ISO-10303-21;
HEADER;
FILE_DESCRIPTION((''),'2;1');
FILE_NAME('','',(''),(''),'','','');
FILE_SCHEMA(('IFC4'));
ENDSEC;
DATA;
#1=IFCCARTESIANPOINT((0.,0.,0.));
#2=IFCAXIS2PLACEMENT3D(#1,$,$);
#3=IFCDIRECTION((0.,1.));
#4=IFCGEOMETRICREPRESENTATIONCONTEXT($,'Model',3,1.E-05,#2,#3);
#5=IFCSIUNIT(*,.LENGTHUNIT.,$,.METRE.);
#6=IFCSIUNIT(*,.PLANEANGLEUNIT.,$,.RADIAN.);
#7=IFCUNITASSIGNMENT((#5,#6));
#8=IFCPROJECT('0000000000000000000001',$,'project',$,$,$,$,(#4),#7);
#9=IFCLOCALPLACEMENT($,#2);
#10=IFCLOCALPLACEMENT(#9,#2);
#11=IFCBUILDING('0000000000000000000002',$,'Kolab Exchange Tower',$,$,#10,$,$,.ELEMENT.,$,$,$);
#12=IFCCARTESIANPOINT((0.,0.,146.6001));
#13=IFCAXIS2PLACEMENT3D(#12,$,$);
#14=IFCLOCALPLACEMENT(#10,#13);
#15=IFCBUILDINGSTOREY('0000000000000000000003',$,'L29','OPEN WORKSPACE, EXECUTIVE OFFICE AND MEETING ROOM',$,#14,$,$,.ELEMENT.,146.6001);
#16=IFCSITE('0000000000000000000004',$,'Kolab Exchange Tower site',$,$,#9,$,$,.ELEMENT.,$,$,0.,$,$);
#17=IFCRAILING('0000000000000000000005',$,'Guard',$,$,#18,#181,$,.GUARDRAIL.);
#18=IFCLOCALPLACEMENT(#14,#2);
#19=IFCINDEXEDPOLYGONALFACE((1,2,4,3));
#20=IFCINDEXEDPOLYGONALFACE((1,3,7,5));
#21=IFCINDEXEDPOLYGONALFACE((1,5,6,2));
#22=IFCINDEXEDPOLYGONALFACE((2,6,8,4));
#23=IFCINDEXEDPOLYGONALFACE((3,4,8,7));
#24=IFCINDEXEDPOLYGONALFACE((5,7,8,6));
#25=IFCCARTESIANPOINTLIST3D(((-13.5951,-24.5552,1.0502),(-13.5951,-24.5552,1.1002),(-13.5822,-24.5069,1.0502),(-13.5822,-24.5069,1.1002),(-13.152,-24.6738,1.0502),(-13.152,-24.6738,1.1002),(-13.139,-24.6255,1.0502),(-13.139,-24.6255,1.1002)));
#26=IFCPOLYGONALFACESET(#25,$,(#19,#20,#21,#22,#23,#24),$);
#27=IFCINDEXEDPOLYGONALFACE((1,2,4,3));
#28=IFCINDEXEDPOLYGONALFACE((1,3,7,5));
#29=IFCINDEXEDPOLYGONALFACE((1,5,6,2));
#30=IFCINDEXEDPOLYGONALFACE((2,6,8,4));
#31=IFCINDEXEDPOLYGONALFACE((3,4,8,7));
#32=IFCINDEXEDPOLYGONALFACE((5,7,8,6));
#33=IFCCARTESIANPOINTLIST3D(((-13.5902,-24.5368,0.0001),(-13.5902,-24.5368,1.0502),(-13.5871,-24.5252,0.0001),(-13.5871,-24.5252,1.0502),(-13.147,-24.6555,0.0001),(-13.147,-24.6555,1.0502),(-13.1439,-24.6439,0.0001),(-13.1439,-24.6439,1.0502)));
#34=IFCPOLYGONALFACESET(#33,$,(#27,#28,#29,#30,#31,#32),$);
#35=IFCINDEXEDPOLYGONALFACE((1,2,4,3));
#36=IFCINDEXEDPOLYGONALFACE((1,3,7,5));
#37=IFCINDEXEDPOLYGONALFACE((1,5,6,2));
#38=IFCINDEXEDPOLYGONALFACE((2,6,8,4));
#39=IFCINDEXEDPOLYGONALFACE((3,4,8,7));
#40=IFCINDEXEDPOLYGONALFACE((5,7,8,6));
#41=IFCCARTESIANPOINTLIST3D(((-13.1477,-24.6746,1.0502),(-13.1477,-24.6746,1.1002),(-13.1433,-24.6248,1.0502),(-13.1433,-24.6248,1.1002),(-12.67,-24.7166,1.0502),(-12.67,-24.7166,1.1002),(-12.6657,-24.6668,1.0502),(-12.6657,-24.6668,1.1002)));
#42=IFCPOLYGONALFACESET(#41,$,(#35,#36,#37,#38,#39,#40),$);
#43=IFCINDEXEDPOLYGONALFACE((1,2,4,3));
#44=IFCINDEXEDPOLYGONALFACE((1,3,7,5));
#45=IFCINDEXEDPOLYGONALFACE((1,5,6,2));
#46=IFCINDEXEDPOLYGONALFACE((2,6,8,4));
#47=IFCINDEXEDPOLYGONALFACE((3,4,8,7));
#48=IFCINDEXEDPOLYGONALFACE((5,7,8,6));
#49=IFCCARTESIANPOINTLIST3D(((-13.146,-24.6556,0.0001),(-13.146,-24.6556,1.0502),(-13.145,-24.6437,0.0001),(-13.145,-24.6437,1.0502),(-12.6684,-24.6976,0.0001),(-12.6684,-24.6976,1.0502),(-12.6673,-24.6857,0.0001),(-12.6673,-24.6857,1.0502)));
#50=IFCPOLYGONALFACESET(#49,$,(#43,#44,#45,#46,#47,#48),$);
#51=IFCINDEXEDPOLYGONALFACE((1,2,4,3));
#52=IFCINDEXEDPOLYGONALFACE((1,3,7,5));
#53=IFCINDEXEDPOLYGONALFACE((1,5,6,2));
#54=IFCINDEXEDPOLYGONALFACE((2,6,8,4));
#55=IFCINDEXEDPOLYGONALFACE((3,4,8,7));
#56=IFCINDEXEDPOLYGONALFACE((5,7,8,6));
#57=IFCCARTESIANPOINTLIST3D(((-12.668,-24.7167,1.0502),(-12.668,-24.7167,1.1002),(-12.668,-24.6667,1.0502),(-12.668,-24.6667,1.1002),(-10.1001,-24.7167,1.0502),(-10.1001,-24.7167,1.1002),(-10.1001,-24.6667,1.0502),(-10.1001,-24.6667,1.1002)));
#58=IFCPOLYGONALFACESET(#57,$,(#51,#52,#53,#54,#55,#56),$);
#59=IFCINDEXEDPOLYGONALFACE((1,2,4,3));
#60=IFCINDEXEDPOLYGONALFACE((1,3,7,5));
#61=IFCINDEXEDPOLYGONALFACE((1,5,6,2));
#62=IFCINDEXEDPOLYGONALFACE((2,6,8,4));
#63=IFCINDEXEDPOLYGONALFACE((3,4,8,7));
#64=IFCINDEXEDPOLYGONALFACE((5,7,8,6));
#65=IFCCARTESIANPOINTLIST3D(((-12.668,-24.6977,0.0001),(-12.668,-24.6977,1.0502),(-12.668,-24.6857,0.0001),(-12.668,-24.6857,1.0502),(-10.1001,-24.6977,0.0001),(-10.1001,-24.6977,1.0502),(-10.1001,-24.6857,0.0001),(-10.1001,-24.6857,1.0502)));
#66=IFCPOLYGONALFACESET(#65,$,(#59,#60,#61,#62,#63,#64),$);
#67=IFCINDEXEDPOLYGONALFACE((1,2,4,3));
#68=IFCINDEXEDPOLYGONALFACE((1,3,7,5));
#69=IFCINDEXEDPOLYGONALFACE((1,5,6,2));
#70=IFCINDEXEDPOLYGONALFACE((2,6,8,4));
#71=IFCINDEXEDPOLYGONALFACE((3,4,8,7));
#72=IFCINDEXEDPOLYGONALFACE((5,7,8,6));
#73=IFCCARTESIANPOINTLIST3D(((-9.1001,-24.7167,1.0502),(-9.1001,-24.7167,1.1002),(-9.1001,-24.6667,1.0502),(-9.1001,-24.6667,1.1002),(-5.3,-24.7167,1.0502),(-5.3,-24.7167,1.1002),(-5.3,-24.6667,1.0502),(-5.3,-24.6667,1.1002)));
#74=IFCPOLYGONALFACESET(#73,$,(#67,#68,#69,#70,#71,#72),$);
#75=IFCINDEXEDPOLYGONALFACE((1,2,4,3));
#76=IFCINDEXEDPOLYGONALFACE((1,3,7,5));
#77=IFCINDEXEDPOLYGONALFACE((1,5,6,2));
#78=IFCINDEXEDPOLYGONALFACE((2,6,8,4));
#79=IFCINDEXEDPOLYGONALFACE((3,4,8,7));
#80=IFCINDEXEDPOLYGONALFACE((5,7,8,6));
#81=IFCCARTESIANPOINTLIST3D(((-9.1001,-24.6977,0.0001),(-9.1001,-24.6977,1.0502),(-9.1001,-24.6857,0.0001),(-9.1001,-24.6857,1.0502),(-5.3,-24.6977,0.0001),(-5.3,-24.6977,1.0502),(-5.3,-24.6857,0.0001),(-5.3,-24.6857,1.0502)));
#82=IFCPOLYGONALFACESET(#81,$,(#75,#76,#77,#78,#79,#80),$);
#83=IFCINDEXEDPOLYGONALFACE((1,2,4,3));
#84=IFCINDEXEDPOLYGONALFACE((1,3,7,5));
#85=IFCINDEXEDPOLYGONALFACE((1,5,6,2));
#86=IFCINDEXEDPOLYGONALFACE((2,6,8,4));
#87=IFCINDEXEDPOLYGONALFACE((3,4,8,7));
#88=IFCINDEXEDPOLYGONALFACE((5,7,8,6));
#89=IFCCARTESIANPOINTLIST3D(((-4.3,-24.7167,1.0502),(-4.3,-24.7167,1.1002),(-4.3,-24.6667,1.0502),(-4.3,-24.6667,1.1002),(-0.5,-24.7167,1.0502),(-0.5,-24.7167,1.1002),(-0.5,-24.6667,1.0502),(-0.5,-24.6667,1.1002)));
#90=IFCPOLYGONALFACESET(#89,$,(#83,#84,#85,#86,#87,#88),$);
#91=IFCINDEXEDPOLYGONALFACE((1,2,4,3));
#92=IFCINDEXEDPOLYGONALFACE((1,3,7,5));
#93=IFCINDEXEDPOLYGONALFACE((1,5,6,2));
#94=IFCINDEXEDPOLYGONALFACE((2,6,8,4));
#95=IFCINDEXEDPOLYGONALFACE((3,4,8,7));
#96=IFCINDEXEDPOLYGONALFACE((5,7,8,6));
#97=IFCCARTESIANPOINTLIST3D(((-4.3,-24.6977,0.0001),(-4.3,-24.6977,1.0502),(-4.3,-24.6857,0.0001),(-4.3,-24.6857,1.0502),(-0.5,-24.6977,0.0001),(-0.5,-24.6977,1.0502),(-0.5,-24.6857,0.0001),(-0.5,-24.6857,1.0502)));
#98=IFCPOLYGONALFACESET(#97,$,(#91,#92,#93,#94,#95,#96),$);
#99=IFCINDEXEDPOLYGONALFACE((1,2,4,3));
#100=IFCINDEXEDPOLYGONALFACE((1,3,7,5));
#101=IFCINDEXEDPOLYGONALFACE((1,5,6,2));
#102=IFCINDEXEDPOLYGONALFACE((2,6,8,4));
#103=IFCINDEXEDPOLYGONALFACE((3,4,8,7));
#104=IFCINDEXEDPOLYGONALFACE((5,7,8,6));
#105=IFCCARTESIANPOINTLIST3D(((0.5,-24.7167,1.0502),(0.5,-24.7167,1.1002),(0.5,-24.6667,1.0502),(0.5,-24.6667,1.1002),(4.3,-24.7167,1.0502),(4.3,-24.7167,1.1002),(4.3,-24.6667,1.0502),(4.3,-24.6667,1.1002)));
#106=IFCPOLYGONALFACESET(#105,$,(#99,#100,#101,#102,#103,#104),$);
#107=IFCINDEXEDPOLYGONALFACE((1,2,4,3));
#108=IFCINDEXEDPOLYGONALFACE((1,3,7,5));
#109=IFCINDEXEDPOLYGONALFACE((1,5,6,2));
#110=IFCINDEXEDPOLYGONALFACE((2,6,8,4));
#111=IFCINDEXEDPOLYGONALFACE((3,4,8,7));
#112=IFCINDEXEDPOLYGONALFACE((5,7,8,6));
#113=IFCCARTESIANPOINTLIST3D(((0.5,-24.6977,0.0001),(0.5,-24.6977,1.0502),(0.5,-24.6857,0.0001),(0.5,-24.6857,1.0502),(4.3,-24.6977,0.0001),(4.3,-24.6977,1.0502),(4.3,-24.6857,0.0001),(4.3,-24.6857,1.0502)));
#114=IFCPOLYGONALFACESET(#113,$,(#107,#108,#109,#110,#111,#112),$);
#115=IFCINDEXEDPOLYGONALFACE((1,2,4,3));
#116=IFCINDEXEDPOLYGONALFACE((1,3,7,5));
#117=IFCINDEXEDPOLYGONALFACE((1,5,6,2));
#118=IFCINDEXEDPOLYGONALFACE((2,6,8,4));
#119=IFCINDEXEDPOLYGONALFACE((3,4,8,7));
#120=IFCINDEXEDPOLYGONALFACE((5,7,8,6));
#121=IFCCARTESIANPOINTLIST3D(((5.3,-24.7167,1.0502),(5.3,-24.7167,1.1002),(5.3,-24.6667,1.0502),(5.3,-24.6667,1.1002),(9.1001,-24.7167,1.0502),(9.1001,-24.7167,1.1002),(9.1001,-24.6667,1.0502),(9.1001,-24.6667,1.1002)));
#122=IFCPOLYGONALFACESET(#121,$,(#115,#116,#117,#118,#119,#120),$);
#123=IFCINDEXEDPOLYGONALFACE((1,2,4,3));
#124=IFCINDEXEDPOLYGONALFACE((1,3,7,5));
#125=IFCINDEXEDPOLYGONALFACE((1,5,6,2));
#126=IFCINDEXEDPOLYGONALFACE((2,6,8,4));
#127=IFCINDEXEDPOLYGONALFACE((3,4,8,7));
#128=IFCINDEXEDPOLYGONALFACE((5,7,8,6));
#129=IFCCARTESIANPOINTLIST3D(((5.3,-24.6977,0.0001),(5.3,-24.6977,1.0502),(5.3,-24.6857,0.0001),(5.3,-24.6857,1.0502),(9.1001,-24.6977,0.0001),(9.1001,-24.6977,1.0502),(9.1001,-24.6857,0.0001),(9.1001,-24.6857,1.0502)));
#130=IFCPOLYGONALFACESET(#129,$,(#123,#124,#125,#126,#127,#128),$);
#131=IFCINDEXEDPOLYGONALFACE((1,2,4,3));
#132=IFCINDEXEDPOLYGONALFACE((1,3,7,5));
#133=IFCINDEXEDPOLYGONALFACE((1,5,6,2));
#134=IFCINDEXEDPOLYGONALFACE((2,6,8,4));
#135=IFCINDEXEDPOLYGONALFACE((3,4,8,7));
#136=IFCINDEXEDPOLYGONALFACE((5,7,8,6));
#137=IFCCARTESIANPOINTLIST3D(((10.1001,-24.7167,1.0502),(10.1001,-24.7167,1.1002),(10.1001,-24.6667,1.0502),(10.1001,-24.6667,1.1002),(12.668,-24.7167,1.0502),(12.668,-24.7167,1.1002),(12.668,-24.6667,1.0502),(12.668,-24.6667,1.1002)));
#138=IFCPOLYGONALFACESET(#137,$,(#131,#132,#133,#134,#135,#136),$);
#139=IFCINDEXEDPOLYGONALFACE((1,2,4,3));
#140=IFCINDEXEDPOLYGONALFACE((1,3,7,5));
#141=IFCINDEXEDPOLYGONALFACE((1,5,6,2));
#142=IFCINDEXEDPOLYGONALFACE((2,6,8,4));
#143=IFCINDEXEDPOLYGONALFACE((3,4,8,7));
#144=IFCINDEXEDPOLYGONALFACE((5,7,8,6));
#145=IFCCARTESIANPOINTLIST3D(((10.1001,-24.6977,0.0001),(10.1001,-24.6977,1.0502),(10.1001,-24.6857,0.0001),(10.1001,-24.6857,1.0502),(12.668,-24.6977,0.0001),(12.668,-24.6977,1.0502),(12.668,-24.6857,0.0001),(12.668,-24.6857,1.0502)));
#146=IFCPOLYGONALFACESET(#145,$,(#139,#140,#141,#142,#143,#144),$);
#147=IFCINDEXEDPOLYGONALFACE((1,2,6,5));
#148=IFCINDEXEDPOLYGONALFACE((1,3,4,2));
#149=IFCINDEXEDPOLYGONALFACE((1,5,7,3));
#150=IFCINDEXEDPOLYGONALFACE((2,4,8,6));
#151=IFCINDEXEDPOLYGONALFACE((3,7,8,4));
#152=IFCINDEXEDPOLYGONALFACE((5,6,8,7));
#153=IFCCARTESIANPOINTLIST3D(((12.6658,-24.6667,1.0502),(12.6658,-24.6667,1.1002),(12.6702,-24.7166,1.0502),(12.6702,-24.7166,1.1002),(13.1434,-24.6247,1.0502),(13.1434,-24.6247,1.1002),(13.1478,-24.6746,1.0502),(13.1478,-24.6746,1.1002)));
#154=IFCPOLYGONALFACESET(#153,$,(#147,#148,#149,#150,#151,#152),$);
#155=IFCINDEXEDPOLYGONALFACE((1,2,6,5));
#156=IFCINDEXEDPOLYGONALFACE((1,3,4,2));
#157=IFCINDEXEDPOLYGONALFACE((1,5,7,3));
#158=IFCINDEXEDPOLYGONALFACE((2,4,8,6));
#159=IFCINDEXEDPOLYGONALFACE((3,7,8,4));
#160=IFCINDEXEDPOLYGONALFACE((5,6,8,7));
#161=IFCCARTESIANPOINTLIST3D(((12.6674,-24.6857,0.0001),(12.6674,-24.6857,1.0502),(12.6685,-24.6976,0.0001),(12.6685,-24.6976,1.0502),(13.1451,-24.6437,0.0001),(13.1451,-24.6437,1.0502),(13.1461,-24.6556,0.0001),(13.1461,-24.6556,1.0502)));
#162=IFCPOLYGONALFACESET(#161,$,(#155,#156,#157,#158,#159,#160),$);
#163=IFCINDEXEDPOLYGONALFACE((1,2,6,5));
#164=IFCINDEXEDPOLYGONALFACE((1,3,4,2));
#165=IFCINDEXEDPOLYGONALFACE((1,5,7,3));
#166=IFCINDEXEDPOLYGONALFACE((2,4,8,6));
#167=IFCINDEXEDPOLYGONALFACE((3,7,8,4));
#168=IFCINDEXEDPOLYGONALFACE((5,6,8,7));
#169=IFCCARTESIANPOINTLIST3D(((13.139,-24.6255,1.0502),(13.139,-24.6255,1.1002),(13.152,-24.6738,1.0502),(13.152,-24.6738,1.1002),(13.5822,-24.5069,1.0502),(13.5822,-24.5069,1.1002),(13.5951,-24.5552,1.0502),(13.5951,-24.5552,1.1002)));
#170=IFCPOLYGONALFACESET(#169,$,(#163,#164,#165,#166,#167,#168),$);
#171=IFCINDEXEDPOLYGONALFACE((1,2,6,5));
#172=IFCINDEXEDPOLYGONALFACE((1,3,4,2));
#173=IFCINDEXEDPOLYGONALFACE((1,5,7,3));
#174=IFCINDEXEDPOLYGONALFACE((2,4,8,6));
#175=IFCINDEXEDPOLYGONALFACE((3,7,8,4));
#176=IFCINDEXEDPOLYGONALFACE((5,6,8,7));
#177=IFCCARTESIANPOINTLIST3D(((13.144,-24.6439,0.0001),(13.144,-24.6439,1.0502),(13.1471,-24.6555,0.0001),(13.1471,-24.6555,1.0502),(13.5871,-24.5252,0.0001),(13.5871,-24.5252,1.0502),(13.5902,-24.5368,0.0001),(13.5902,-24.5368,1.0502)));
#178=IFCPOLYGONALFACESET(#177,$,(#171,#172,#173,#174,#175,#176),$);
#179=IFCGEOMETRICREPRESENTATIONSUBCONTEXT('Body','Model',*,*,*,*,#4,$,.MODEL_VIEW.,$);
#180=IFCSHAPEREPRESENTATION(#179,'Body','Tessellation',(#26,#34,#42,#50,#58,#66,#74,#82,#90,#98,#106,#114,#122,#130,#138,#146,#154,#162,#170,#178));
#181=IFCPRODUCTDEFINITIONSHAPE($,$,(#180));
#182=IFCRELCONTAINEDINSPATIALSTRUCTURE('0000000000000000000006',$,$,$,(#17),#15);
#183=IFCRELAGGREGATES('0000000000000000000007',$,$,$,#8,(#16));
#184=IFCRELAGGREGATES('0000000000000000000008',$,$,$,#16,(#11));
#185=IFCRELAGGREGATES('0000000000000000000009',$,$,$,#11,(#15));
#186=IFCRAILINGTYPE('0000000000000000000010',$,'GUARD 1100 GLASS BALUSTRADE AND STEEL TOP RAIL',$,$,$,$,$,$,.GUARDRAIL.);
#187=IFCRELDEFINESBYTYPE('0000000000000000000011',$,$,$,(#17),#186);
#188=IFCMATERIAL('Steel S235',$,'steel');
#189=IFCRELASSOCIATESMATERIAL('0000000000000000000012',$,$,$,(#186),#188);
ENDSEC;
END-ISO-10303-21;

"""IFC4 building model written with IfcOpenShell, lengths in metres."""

from ifc_helpers import new_model, si_unit, direction, frame, frame_2d, origin, origin_2d, place, context, subcontext, project, spatial, rectangle, extrude, material, type_object, element, save


model = new_model("IFC4")

# Units and contexts
model_context = context("Model", 3, precision=1e-05, world=origin(), true_north=direction((0.0, 1.0)))
body_context = subcontext(model_context, "Body", "Model", "MODEL_VIEW")
ifc_project = project(units=[si_unit("LENGTHUNIT", "METRE"), si_unit("PLANEANGLEUNIT", "RADIAN")], contexts=[model_context])

# Site, building, storey
site_placement = place(None, origin())
site = spatial("IfcSite", under=ifc_project, at=site_placement, Name="Kolab Exchange Tower site", CompositionType="ELEMENT", RefElevation=0.0)
building_placement = place(site_placement, origin())
building = spatial("IfcBuilding", under=site, at=building_placement, Name="Kolab Exchange Tower", CompositionType="ELEMENT")
storey_placement = place(building_placement, frame((0.0, 0.0, 146.6001)))
storey = spatial("IfcBuildingStorey", under=building, at=storey_placement, Name="L29", Description="OPEN WORKSPACE, EXECUTIVE OFFICE AND MEETING ROOM", CompositionType="ELEMENT", Elevation=146.6001)

# Railing
ifc_material_1 = material(Name="Steel S235", Category="steel")
railing_type = type_object("IfcRailingType", Name="GUARD 1100 GLASS BALUSTRADE AND STEEL TOP RAIL", PredefinedType="GUARDRAIL", material=ifc_material_1)
railing_placement = place(storey_placement, frame((-13.5886, -24.531, 0.0)))
element("IfcRailing", 1, at=railing_placement, inside=storey, type_object=railing_type, Name="Guard", PredefinedType="GUARDRAIL", context=body_context, shape_type="SweptSolid", body=[
    extrude(rectangle(XDim=0.05, YDim=0.05, at=origin_2d()), frame((0.0, 0.0, 1.0752), z_axis=(0.965969, -0.258656, 0.0), x_axis=(0.258656, 0.965969, 0.0)), (0.0, 0.0, 1.0), 0.4587),
    extrude(rectangle(XDim=0.012, YDim=1.0501, at=frame_2d((0.0, 0.5251))), frame((0.0, 0.0, 0.0), z_axis=(0.965969, -0.258656, 0.0), x_axis=(0.258656, 0.965969, 0.0)), (0.0, 0.0, 1.0), 0.4587),
    extrude(rectangle(XDim=0.05, YDim=0.05, at=origin_2d()), frame((0.4431, -0.1187, 1.0752), z_axis=(0.996156, -0.087597, 0.0), x_axis=(0.087597, 0.996156, 0.0)), (0.0, 0.0, 1.0), 0.4795),
    extrude(rectangle(XDim=0.012, YDim=1.0501, at=frame_2d((0.0, 0.5251))), frame((0.4431, -0.1187, 0.0), z_axis=(0.996156, -0.087597, 0.0), x_axis=(0.087597, 0.996156, 0.0)), (0.0, 0.0, 1.0), 0.4795),
    extrude(rectangle(XDim=0.05, YDim=0.05, at=origin_2d()), frame((0.9207, -0.1606, 1.0752), z_axis=(1.0, 0.0, 0.0), x_axis=(0.0, 1.0, 0.0)), (0.0, 0.0, 1.0), 2.5679),
    extrude(rectangle(XDim=0.012, YDim=1.0501, at=frame_2d((0.0, 0.5251))), frame((0.9207, -0.1606, 0.0), z_axis=(1.0, 0.0, 0.0), x_axis=(0.0, 1.0, 0.0)), (0.0, 0.0, 1.0), 2.5679),
    extrude(rectangle(XDim=0.05, YDim=0.05, at=origin_2d()), frame((4.4885, -0.1606, 1.0752), z_axis=(1.0, 0.0, 0.0), x_axis=(0.0, 1.0, 0.0)), (0.0, 0.0, 1.0), 3.8),
    extrude(rectangle(XDim=0.012, YDim=1.0501, at=frame_2d((0.0, 0.5251))), frame((4.4885, -0.1606, 0.0), z_axis=(1.0, 0.0, 0.0), x_axis=(0.0, 1.0, 0.0)), (0.0, 0.0, 1.0), 3.8),
    extrude(rectangle(XDim=0.05, YDim=0.05, at=origin_2d()), frame((9.2886, -0.1606, 1.0752), z_axis=(1.0, 0.0, 0.0), x_axis=(0.0, 1.0, 0.0)), (0.0, 0.0, 1.0), 3.8),
    extrude(rectangle(XDim=0.012, YDim=1.0501, at=frame_2d((0.0, 0.5251))), frame((9.2886, -0.1606, 0.0), z_axis=(1.0, 0.0, 0.0), x_axis=(0.0, 1.0, 0.0)), (0.0, 0.0, 1.0), 3.8),
    extrude(rectangle(XDim=0.05, YDim=0.05, at=origin_2d()), frame((14.0886, -0.1606, 1.0752), z_axis=(1.0, 0.0, 0.0), x_axis=(0.0, 1.0, 0.0)), (0.0, 0.0, 1.0), 3.8),
    extrude(rectangle(XDim=0.012, YDim=1.0501, at=frame_2d((0.0, 0.5251))), frame((14.0886, -0.1606, 0.0), z_axis=(1.0, 0.0, 0.0), x_axis=(0.0, 1.0, 0.0)), (0.0, 0.0, 1.0), 3.8),
    extrude(rectangle(XDim=0.05, YDim=0.05, at=origin_2d()), frame((18.8887, -0.1606, 1.0752), z_axis=(1.0, 0.0, 0.0), x_axis=(0.0, 1.0, 0.0)), (0.0, 0.0, 1.0), 3.8),
    extrude(rectangle(XDim=0.012, YDim=1.0501, at=frame_2d((0.0, 0.5251))), frame((18.8887, -0.1606, 0.0), z_axis=(1.0, 0.0, 0.0), x_axis=(0.0, 1.0, 0.0)), (0.0, 0.0, 1.0), 3.8),
    extrude(rectangle(XDim=0.05, YDim=0.05, at=origin_2d()), frame((23.6887, -0.1606, 1.0752), z_axis=(1.0, 0.0, 0.0), x_axis=(0.0, 1.0, 0.0)), (0.0, 0.0, 1.0), 2.5679),
    extrude(rectangle(XDim=0.012, YDim=1.0501, at=frame_2d((0.0, 0.5251))), frame((23.6887, -0.1606, 0.0), z_axis=(1.0, 0.0, 0.0), x_axis=(0.0, 1.0, 0.0)), (0.0, 0.0, 1.0), 2.5679),
    extrude(rectangle(XDim=0.05, YDim=0.05, at=origin_2d()), frame((26.2566, -0.1606, 1.0752), z_axis=(0.996156, 0.087597, 0.0), x_axis=(-0.087597, 0.996156, 0.0)), (0.0, 0.0, 1.0), 0.4795),
    extrude(rectangle(XDim=0.012, YDim=1.0501, at=frame_2d((0.0, 0.5251))), frame((26.2566, -0.1606, 0.0), z_axis=(0.996156, 0.087597, 0.0), x_axis=(-0.087597, 0.996156, 0.0)), (0.0, 0.0, 1.0), 0.4795),
    extrude(rectangle(XDim=0.05, YDim=0.05, at=origin_2d()), frame((26.7341, -0.1187, 1.0752), z_axis=(0.965969, 0.258656, 0.0), x_axis=(-0.258656, 0.965969, 0.0)), (0.0, 0.0, 1.0), 0.4587),
    extrude(rectangle(XDim=0.012, YDim=1.0501, at=frame_2d((0.0, 0.5251))), frame((26.7341, -0.1187, 0.0), z_axis=(0.965969, 0.258656, 0.0), x_axis=(-0.258656, 0.965969, 0.0)), (0.0, 0.0, 1.0), 0.4587),
])

save(model, "model.ifc")
